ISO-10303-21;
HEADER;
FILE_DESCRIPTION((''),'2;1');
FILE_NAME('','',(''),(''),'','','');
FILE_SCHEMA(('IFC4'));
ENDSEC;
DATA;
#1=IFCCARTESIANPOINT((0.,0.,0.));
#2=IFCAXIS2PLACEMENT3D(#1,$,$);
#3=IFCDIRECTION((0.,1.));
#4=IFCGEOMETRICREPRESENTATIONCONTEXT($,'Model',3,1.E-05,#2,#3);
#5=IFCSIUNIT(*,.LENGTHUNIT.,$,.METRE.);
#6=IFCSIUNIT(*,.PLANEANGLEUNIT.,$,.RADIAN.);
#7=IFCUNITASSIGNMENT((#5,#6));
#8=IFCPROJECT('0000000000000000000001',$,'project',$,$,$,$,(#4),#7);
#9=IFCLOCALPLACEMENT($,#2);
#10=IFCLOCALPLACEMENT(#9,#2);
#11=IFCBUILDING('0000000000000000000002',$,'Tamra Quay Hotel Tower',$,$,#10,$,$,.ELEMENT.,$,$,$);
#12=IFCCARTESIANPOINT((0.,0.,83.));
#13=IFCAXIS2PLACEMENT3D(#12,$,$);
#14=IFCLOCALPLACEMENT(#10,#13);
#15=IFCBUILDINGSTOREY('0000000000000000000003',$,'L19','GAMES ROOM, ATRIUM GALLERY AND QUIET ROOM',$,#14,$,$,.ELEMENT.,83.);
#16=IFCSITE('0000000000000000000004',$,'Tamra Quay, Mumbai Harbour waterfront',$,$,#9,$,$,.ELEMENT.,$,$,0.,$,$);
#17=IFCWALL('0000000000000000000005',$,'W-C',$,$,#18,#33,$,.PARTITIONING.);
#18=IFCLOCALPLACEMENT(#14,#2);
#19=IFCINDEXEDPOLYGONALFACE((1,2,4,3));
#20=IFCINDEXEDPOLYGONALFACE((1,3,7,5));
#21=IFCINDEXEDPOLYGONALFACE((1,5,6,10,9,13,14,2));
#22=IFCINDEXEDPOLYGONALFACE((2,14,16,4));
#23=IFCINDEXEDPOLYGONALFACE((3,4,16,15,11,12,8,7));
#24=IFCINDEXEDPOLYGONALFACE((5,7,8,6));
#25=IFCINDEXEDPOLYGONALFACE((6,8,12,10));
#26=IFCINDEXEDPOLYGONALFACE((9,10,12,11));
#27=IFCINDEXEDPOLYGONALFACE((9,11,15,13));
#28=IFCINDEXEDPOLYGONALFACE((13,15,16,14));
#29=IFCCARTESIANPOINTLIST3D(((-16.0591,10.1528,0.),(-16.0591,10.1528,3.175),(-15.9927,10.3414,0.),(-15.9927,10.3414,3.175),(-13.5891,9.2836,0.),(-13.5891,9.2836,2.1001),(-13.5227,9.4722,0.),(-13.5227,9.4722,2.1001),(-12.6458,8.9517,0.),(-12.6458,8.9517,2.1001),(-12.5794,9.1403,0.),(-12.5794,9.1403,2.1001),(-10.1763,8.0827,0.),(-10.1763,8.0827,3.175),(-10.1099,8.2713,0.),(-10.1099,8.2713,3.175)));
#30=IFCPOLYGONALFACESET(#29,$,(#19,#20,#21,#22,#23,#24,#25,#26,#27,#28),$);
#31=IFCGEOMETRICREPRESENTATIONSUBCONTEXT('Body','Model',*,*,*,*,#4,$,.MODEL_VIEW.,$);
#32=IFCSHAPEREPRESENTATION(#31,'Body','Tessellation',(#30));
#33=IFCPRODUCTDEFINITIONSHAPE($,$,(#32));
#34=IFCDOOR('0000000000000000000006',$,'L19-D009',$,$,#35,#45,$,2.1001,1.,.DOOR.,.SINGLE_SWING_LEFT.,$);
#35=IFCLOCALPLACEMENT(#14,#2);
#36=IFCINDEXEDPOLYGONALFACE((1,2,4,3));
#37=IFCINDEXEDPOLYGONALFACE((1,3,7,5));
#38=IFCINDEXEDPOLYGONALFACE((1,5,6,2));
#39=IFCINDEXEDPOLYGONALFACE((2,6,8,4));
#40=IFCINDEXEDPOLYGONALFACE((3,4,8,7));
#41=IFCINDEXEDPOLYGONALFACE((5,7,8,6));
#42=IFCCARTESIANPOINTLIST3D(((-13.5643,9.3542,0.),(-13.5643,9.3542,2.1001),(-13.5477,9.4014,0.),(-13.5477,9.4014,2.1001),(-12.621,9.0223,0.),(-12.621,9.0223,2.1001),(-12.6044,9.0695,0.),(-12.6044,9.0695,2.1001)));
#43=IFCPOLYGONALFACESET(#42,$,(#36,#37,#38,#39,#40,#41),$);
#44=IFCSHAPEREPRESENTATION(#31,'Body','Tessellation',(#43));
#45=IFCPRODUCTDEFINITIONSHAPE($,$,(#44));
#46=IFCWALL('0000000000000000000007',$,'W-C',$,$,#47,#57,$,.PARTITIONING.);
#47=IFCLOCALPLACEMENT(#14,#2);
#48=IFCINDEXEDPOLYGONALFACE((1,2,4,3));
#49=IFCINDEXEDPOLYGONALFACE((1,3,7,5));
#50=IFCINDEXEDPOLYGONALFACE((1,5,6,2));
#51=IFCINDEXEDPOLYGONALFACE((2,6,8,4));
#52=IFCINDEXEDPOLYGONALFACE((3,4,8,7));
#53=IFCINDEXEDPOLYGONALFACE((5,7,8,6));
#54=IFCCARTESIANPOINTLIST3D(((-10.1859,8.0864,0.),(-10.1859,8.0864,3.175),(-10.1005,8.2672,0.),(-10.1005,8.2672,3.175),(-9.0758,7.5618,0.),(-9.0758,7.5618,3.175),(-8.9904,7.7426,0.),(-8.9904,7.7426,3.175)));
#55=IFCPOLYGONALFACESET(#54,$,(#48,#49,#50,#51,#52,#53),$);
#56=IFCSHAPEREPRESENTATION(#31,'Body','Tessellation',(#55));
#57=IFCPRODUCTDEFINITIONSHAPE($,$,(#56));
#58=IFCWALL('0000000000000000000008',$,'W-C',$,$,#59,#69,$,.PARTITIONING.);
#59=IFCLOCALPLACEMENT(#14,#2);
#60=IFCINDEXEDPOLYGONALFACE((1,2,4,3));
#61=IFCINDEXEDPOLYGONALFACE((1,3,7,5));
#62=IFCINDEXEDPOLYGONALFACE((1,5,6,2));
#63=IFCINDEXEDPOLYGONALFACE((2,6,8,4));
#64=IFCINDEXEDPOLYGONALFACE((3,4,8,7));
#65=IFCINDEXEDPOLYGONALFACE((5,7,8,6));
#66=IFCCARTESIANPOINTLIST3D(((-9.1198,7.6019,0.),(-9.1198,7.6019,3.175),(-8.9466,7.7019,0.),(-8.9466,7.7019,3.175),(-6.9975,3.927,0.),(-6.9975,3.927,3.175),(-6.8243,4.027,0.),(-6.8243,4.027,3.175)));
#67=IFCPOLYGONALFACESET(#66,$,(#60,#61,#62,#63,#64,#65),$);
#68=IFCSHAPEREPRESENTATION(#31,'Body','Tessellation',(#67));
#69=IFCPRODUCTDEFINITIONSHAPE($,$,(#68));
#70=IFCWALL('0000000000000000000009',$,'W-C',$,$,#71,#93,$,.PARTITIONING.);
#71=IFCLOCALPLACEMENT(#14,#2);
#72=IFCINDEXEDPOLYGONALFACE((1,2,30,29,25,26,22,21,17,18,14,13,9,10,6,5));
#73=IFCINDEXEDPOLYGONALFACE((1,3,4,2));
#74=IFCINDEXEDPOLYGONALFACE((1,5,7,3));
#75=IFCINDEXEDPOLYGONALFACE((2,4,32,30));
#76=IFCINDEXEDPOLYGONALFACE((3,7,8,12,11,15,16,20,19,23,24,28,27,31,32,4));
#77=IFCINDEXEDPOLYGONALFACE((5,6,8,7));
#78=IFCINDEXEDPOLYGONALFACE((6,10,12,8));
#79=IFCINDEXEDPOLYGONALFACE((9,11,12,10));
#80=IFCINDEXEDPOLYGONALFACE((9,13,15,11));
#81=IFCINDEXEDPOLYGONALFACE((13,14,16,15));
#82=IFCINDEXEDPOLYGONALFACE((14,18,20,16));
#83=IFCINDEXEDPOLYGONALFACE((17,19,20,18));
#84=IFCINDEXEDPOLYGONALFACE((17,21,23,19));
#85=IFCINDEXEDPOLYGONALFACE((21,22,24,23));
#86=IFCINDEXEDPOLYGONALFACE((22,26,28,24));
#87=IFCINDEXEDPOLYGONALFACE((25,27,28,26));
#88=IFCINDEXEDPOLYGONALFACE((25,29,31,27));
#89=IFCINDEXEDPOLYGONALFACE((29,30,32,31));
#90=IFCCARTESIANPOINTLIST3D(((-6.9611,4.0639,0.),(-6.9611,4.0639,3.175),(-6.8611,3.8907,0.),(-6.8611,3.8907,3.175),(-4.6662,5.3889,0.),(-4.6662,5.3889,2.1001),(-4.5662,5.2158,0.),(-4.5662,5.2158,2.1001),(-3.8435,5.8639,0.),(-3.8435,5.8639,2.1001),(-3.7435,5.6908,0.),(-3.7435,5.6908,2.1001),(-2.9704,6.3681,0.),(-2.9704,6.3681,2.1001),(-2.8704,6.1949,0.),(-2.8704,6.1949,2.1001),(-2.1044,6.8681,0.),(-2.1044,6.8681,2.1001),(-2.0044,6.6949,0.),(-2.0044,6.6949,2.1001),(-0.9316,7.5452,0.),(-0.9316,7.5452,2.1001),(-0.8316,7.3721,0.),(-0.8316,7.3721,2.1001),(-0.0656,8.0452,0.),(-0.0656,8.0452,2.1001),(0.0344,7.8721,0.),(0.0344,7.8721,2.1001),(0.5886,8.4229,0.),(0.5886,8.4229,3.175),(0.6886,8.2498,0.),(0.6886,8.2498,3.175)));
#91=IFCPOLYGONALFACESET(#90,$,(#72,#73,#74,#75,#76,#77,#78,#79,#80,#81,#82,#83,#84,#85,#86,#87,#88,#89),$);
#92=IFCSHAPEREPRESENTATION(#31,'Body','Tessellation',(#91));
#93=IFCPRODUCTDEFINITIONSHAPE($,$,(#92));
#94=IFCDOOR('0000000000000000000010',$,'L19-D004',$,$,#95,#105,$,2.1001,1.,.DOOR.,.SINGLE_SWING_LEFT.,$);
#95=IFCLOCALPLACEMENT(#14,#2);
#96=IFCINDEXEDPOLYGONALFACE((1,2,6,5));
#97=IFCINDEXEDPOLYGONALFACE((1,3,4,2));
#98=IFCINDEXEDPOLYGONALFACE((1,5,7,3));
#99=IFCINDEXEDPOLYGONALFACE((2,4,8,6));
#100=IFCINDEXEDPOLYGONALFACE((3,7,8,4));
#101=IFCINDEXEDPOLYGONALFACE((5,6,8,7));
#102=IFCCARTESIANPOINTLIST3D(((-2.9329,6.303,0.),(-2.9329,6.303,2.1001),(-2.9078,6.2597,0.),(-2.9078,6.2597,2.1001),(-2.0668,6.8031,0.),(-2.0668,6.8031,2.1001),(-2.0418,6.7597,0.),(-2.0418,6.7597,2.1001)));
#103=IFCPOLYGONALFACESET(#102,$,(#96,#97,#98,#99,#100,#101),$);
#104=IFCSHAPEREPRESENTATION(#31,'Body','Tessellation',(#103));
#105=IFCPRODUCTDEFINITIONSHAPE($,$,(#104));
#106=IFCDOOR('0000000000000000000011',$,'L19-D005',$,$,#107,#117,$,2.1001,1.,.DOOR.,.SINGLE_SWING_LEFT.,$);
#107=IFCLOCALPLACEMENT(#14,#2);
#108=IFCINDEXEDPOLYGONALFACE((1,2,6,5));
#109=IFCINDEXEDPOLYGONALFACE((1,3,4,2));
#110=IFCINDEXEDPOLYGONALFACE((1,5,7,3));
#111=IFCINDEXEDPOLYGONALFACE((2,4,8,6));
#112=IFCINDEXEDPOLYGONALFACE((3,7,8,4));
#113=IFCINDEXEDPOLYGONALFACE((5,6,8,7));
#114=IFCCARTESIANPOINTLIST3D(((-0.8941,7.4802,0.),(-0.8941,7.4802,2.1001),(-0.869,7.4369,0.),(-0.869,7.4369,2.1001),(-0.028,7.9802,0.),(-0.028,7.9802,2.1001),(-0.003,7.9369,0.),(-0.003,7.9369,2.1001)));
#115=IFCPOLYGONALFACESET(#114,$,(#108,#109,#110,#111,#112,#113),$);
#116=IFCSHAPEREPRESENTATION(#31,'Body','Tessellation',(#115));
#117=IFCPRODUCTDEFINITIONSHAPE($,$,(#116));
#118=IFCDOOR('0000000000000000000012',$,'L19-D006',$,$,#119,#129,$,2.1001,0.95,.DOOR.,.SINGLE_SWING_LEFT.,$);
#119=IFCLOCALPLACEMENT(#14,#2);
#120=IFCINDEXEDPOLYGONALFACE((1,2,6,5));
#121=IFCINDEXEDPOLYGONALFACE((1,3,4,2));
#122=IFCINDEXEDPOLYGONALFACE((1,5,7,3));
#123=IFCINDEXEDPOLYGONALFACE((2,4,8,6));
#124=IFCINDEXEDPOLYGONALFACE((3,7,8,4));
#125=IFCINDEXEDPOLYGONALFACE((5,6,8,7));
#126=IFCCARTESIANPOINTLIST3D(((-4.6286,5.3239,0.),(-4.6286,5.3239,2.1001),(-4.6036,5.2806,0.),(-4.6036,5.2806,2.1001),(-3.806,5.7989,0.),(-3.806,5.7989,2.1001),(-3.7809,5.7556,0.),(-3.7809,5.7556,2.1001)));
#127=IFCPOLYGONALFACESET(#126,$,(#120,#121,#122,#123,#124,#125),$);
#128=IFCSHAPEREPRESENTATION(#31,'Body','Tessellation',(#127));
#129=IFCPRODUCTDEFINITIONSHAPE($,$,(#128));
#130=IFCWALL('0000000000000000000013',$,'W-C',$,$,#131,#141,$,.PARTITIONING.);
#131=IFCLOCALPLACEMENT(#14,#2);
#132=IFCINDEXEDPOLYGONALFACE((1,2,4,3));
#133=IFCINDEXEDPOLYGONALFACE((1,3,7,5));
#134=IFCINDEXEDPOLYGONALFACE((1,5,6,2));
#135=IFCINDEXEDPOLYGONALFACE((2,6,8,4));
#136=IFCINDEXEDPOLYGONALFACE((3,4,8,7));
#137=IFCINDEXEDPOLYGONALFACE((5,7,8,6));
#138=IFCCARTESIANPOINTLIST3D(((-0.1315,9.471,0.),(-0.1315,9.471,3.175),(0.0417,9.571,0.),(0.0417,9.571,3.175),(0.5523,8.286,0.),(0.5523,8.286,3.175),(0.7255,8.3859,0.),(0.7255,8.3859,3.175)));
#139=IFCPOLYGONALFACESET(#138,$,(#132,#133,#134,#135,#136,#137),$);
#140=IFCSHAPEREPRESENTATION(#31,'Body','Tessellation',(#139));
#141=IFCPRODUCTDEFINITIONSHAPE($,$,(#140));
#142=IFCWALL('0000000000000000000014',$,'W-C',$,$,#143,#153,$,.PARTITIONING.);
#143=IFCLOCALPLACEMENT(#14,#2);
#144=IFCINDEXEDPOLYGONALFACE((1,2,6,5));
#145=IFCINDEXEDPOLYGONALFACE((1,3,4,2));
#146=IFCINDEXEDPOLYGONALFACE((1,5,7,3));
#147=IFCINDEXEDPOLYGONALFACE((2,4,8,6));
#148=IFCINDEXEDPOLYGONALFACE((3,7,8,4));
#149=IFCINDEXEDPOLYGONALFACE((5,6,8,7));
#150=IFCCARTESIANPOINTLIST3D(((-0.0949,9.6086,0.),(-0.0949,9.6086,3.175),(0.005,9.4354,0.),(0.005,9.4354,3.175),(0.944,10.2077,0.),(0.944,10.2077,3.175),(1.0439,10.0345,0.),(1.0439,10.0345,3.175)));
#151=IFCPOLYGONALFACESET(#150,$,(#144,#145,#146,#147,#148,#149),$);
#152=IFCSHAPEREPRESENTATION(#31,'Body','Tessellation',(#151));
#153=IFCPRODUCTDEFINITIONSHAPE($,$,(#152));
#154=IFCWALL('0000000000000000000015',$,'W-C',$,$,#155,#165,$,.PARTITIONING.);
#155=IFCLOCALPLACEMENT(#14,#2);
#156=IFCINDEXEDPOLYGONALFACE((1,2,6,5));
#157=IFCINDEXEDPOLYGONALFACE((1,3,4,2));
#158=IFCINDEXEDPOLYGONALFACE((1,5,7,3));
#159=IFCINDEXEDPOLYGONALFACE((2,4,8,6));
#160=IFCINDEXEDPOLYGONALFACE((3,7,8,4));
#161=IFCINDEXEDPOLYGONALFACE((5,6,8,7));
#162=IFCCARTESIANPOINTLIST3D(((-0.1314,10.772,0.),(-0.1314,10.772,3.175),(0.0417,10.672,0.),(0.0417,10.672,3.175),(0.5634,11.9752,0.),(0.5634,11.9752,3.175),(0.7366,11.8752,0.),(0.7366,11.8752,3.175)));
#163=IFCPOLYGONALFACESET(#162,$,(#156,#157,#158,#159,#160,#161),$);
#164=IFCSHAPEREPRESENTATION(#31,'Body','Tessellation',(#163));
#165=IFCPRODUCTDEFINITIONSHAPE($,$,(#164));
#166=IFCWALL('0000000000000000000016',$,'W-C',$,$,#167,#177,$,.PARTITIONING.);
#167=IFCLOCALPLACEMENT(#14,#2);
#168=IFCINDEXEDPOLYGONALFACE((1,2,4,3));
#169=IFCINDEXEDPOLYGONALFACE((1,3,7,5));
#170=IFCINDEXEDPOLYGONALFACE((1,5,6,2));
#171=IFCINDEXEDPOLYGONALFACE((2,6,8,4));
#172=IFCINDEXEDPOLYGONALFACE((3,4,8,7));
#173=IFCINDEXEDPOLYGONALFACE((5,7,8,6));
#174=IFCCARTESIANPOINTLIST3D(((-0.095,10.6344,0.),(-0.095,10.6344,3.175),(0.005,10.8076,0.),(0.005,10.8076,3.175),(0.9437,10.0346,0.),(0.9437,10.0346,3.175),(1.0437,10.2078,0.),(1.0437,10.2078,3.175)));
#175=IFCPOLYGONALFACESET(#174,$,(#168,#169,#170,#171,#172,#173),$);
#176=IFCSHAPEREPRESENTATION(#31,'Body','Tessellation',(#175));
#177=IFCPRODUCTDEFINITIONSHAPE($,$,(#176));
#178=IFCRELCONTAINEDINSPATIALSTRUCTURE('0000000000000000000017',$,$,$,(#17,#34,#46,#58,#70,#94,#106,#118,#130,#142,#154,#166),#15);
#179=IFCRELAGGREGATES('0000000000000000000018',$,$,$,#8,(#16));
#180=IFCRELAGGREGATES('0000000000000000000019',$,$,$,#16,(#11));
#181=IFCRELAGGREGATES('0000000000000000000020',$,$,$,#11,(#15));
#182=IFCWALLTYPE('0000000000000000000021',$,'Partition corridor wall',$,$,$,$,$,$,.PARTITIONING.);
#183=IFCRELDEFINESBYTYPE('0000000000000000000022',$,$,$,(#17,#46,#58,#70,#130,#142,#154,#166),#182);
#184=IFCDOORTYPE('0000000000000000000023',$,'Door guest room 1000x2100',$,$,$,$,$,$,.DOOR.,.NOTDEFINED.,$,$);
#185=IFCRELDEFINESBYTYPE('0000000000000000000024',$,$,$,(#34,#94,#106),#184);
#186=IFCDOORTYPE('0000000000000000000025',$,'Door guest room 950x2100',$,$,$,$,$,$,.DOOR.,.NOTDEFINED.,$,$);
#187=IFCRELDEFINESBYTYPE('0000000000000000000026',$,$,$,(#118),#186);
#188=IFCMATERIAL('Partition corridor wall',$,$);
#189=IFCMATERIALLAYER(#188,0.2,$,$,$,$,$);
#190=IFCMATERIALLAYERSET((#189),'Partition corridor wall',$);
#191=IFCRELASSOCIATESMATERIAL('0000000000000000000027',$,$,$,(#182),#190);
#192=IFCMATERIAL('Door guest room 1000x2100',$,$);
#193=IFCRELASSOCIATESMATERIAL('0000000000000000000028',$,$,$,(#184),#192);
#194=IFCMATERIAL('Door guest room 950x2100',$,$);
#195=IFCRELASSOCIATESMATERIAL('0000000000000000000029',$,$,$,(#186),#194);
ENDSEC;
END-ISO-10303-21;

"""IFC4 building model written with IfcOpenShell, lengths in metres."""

from ifc_helpers import new_model, si_unit, direction, frame, frame_2d, origin, place, context, subcontext, project, spatial, rectangle, extrude, material, layer, layer_set, type_object, element, fill, save


model = new_model("IFC4")

# Units and contexts
model_context = context("Model", 3, precision=1e-05, world=origin(), true_north=direction((0.0, 1.0)))
body_context = subcontext(model_context, "Body", "Model", "MODEL_VIEW")
ifc_project = project(units=[si_unit("LENGTHUNIT", "METRE"), si_unit("PLANEANGLEUNIT", "RADIAN")], contexts=[model_context])

# Site, building, storey
site_placement = place(None, origin())
site = spatial("IfcSite", under=ifc_project, at=site_placement, Name="Tamra Quay, Mumbai Harbour waterfront", CompositionType="ELEMENT", RefElevation=0.0)
building_placement = place(site_placement, origin())
building = spatial("IfcBuilding", under=site, at=building_placement, Name="Tamra Quay Hotel Tower", CompositionType="ELEMENT")
storey_placement = place(building_placement, frame((0.0, 0.0, 83.0)))
storey = spatial("IfcBuildingStorey", under=building, at=storey_placement, Name="L19", Description="GAMES ROOM, ATRIUM GALLERY AND QUIET ROOM", CompositionType="ELEMENT", Elevation=83.0)

# Wall, opening, door
ifc_material_1 = material(Name="Partition corridor wall")
ifc_layer_1 = layer(ifc_material_1, 0.2)
ifc_layer_set_1 = layer_set([ifc_layer_1], Name="Partition corridor wall")
wall_type_1 = type_object("IfcWallType", Name="Partition corridor wall", PredefinedType="PARTITIONING", material=ifc_layer_set_1)
wall_1_placement = place(storey_placement, frame((-16.0259, 10.2471, 0.0), z_axis=(0.0, 0.0, 1.0), x_axis=(0.943303, -0.331933, 0.0)))
wall_1 = element("IfcWall", 1, at=wall_1_placement, inside=storey, type_object=wall_type_1, Name="W-C", PredefinedType="PARTITIONING", context=body_context, shape_type="SweptSolid", body=[
    extrude(rectangle(XDim=6.2363, YDim=0.2, at=frame_2d((3.1182, 0.0))), origin(), (0.0, 0.0, 1.0), 3.175),
])
opening_1_placement = place(wall_1_placement, frame((2.6184, 0.0, 0.0)))
opening_1 = element("IfcOpeningElement", 2, at=opening_1_placement, cuts=wall_1, PredefinedType="OPENING", context=body_context, shape_type="SweptSolid", body=[
    extrude(rectangle(XDim=1.0, YDim=2.1001, at=frame_2d((0.5, 1.05))), frame((0.0, 0.1099, 0.0), z_axis=(0.0, -1.0, 0.0), x_axis=(1.0, 0.0, 0.0)), (0.0, 0.0, 1.0), 0.22),
])
ifc_material_2 = material(Name="Door guest room 1000x2100")
door_type_1 = type_object("IfcDoorType", Name="Door guest room 1000x2100", OperationType="NOTDEFINED", PredefinedType="DOOR", material=ifc_material_2)
door_1_placement = place(opening_1_placement, origin())
door_1 = element("IfcDoor", 3, at=door_1_placement, inside=storey, type_object=door_type_1, Name="L19-D009", OperationType="SINGLE_SWING_LEFT", OverallHeight=2.1001, OverallWidth=1.0, PredefinedType="DOOR", context=body_context, shape_type="SweptSolid", body=[
    extrude(rectangle(XDim=1.0, YDim=2.1001, at=frame_2d((0.5, 1.05))), frame((0.0, 0.0249, 0.0), z_axis=(0.0, -1.0, 0.0), x_axis=(1.0, 0.0, 0.0)), (0.0, 0.0, 1.0), 0.05),
])
fill(opening_1, door_1)

# Walls
wall_2_placement = place(storey_placement, frame((-10.1431, 8.1768, 0.0), z_axis=(0.0, 0.0, 1.0), x_axis=(0.90411, -0.4273, 0.0)))
element("IfcWall", 4, at=wall_2_placement, inside=storey, type_object=wall_type_1, Name="W-C", PredefinedType="PARTITIONING", context=body_context, shape_type="SweptSolid", body=[
    extrude(rectangle(XDim=1.2278, YDim=0.2, at=frame_2d((0.6138, 0.0))), origin(), (0.0, 0.0, 1.0), 3.175),
])
wall_3_placement = place(storey_placement, frame((-9.0332, 7.6519, 0.0), z_axis=(0.0, 0.0, 1.0), x_axis=(0.500118, -0.865958, 0.0)))
element("IfcWall", 5, at=wall_3_placement, inside=storey, type_object=wall_type_1, Name="W-C", PredefinedType="PARTITIONING", context=body_context, shape_type="SweptSolid", body=[
    extrude(rectangle(XDim=4.2437, YDim=0.2, at=frame_2d((2.1218, 0.0))), origin(), (0.0, 0.0, 1.0), 3.175),
])

# Wall, openings, doors
wall_4_placement = place(storey_placement, frame((-6.9111, 3.9773, 0.0), z_axis=(0.0, 0.0, 1.0), x_axis=(0.866013, 0.500021, 0.0)))
wall_4 = element("IfcWall", 6, at=wall_4_placement, inside=storey, type_object=wall_type_1, Name="W-C", PredefinedType="PARTITIONING", context=body_context, shape_type="SweptSolid", body=[
    extrude(rectangle(XDim=8.7178, YDim=0.2, at=frame_2d((4.3589, 0.0))), origin(), (0.0, 0.0, 1.0), 3.175),
])
opening_2_placement = place(wall_4_placement, frame((4.6082, 0.0, 0.0)))
opening_2 = element("IfcOpeningElement", 7, at=opening_2_placement, cuts=wall_4, PredefinedType="OPENING", context=body_context, shape_type="SweptSolid", body=[
    extrude(rectangle(XDim=1.0, YDim=2.1001, at=frame_2d((0.5, 1.05))), frame((0.0, 0.1099, 0.0), z_axis=(0.0, -1.0, 0.0), x_axis=(1.0, 0.0, 0.0)), (0.0, 0.0, 1.0), 0.22),
])
opening_3_placement = place(wall_4_placement, frame((6.9624, 0.0, 0.0)))
opening_3 = element("IfcOpeningElement", 8, at=opening_3_placement, cuts=wall_4, PredefinedType="OPENING", context=body_context, shape_type="SweptSolid", body=[
    extrude(rectangle(XDim=1.0, YDim=2.1001, at=frame_2d((0.5, 1.05))), frame((0.0, 0.1099, 0.0), z_axis=(0.0, -1.0, 0.0), x_axis=(1.0, 0.0, 0.0)), (0.0, 0.0, 1.0), 0.22),
])
opening_4_placement = place(wall_4_placement, frame((2.6499, 0.0, 0.0)))
opening_4 = element("IfcOpeningElement", 9, at=opening_4_placement, cuts=wall_4, PredefinedType="OPENING", context=body_context, shape_type="SweptSolid", body=[
    extrude(rectangle(XDim=0.95, YDim=2.1001, at=frame_2d((0.4751, 1.05))), frame((0.0, 0.1099, 0.0), z_axis=(0.0, -1.0, 0.0), x_axis=(1.0, 0.0, 0.0)), (0.0, 0.0, 1.0), 0.22),
])
door_2_placement = place(opening_2_placement, origin())
door_2 = element("IfcDoor", 10, at=door_2_placement, inside=storey, type_object=door_type_1, Name="L19-D004", OperationType="SINGLE_SWING_LEFT", OverallHeight=2.1001, OverallWidth=1.0, PredefinedType="DOOR", context=body_context, shape_type="SweptSolid", body=[
    extrude(rectangle(XDim=1.0, YDim=2.1001, at=frame_2d((0.5, 1.05))), frame((0.0, 0.0249, 0.0), z_axis=(0.0, -1.0, 0.0), x_axis=(1.0, 0.0, 0.0)), (0.0, 0.0, 1.0), 0.05),
])
fill(opening_2, door_2)
door_3_placement = place(opening_3_placement, origin())
door_3 = element("IfcDoor", 11, at=door_3_placement, inside=storey, type_object=door_type_1, Name="L19-D005", OperationType="SINGLE_SWING_LEFT", OverallHeight=2.1001, OverallWidth=1.0, PredefinedType="DOOR", context=body_context, shape_type="SweptSolid", body=[
    extrude(rectangle(XDim=1.0, YDim=2.1001, at=frame_2d((0.5, 1.05))), frame((0.0, 0.0249, 0.0), z_axis=(0.0, -1.0, 0.0), x_axis=(1.0, 0.0, 0.0)), (0.0, 0.0, 1.0), 0.05),
])
fill(opening_3, door_3)
ifc_material_3 = material(Name="Door guest room 950x2100")
door_type_2 = type_object("IfcDoorType", Name="Door guest room 950x2100", OperationType="NOTDEFINED", PredefinedType="DOOR", material=ifc_material_3)
door_4_placement = place(opening_4_placement, origin())
door_4 = element("IfcDoor", 12, at=door_4_placement, inside=storey, type_object=door_type_2, Name="L19-D006", OperationType="SINGLE_SWING_LEFT", OverallHeight=2.1001, OverallWidth=0.95, PredefinedType="DOOR", context=body_context, shape_type="SweptSolid", body=[
    extrude(rectangle(XDim=0.95, YDim=2.1001, at=frame_2d((0.4751, 1.05))), frame((0.0, 0.0249, 0.0), z_axis=(0.0, -1.0, 0.0), x_axis=(1.0, 0.0, 0.0)), (0.0, 0.0, 1.0), 0.05),
])
fill(opening_4, door_4)

# Walls
wall_5_placement = place(storey_placement, frame((-0.0449, 9.521, 0.0), z_axis=(0.0, 0.0, 1.0), x_axis=(0.499805, -0.866138, 0.0)))
element("IfcWall", 13, at=wall_5_placement, inside=storey, type_object=wall_type_1, Name="W-C", PredefinedType="PARTITIONING", context=body_context, shape_type="SweptSolid", body=[
    extrude(rectangle(XDim=1.3682, YDim=0.2, at=frame_2d((0.6841, 0.0))), origin(), (0.0, 0.0, 1.0), 3.175),
])
wall_6_placement = place(storey_placement, frame((-0.0449, 9.522, 0.0), z_axis=(0.0, 0.0, 1.0), x_axis=(0.866257, 0.499599, 0.0)))
element("IfcWall", 14, at=wall_6_placement, inside=storey, type_object=wall_type_1, Name="W-C", PredefinedType="PARTITIONING", context=body_context, shape_type="SweptSolid", body=[
    extrude(rectangle(XDim=1.1992, YDim=0.2, at=frame_2d((0.5996, 0.0))), origin(), (0.0, 0.0, 1.0), 3.175),
])
wall_7_placement = place(storey_placement, frame((-0.0449, 10.7219, 0.0), z_axis=(0.0, 0.0, 1.0), x_axis=(0.500108, 0.865963, 0.0)))
element("IfcWall", 15, at=wall_7_placement, inside=storey, type_object=wall_type_1, Name="W-C", PredefinedType="PARTITIONING", context=body_context, shape_type="SweptSolid", body=[
    extrude(rectangle(XDim=1.3894, YDim=0.2, at=frame_2d((0.6948, 0.0))), origin(), (0.0, 0.0, 1.0), 3.175),
])
wall_8_placement = place(storey_placement, frame((-0.0449, 10.7209, 0.0), z_axis=(0.0, 0.0, 1.0), x_axis=(0.865992, -0.500057, 0.0)))
element("IfcWall", 16, at=wall_8_placement, inside=storey, type_object=wall_type_1, Name="W-C", PredefinedType="PARTITIONING", context=body_context, shape_type="SweptSolid", body=[
    extrude(rectangle(XDim=1.1995, YDim=0.2, at=frame_2d((0.5996, 0.0))), origin(), (0.0, 0.0, 1.0), 3.175),
])

save(model, "model.ifc")
